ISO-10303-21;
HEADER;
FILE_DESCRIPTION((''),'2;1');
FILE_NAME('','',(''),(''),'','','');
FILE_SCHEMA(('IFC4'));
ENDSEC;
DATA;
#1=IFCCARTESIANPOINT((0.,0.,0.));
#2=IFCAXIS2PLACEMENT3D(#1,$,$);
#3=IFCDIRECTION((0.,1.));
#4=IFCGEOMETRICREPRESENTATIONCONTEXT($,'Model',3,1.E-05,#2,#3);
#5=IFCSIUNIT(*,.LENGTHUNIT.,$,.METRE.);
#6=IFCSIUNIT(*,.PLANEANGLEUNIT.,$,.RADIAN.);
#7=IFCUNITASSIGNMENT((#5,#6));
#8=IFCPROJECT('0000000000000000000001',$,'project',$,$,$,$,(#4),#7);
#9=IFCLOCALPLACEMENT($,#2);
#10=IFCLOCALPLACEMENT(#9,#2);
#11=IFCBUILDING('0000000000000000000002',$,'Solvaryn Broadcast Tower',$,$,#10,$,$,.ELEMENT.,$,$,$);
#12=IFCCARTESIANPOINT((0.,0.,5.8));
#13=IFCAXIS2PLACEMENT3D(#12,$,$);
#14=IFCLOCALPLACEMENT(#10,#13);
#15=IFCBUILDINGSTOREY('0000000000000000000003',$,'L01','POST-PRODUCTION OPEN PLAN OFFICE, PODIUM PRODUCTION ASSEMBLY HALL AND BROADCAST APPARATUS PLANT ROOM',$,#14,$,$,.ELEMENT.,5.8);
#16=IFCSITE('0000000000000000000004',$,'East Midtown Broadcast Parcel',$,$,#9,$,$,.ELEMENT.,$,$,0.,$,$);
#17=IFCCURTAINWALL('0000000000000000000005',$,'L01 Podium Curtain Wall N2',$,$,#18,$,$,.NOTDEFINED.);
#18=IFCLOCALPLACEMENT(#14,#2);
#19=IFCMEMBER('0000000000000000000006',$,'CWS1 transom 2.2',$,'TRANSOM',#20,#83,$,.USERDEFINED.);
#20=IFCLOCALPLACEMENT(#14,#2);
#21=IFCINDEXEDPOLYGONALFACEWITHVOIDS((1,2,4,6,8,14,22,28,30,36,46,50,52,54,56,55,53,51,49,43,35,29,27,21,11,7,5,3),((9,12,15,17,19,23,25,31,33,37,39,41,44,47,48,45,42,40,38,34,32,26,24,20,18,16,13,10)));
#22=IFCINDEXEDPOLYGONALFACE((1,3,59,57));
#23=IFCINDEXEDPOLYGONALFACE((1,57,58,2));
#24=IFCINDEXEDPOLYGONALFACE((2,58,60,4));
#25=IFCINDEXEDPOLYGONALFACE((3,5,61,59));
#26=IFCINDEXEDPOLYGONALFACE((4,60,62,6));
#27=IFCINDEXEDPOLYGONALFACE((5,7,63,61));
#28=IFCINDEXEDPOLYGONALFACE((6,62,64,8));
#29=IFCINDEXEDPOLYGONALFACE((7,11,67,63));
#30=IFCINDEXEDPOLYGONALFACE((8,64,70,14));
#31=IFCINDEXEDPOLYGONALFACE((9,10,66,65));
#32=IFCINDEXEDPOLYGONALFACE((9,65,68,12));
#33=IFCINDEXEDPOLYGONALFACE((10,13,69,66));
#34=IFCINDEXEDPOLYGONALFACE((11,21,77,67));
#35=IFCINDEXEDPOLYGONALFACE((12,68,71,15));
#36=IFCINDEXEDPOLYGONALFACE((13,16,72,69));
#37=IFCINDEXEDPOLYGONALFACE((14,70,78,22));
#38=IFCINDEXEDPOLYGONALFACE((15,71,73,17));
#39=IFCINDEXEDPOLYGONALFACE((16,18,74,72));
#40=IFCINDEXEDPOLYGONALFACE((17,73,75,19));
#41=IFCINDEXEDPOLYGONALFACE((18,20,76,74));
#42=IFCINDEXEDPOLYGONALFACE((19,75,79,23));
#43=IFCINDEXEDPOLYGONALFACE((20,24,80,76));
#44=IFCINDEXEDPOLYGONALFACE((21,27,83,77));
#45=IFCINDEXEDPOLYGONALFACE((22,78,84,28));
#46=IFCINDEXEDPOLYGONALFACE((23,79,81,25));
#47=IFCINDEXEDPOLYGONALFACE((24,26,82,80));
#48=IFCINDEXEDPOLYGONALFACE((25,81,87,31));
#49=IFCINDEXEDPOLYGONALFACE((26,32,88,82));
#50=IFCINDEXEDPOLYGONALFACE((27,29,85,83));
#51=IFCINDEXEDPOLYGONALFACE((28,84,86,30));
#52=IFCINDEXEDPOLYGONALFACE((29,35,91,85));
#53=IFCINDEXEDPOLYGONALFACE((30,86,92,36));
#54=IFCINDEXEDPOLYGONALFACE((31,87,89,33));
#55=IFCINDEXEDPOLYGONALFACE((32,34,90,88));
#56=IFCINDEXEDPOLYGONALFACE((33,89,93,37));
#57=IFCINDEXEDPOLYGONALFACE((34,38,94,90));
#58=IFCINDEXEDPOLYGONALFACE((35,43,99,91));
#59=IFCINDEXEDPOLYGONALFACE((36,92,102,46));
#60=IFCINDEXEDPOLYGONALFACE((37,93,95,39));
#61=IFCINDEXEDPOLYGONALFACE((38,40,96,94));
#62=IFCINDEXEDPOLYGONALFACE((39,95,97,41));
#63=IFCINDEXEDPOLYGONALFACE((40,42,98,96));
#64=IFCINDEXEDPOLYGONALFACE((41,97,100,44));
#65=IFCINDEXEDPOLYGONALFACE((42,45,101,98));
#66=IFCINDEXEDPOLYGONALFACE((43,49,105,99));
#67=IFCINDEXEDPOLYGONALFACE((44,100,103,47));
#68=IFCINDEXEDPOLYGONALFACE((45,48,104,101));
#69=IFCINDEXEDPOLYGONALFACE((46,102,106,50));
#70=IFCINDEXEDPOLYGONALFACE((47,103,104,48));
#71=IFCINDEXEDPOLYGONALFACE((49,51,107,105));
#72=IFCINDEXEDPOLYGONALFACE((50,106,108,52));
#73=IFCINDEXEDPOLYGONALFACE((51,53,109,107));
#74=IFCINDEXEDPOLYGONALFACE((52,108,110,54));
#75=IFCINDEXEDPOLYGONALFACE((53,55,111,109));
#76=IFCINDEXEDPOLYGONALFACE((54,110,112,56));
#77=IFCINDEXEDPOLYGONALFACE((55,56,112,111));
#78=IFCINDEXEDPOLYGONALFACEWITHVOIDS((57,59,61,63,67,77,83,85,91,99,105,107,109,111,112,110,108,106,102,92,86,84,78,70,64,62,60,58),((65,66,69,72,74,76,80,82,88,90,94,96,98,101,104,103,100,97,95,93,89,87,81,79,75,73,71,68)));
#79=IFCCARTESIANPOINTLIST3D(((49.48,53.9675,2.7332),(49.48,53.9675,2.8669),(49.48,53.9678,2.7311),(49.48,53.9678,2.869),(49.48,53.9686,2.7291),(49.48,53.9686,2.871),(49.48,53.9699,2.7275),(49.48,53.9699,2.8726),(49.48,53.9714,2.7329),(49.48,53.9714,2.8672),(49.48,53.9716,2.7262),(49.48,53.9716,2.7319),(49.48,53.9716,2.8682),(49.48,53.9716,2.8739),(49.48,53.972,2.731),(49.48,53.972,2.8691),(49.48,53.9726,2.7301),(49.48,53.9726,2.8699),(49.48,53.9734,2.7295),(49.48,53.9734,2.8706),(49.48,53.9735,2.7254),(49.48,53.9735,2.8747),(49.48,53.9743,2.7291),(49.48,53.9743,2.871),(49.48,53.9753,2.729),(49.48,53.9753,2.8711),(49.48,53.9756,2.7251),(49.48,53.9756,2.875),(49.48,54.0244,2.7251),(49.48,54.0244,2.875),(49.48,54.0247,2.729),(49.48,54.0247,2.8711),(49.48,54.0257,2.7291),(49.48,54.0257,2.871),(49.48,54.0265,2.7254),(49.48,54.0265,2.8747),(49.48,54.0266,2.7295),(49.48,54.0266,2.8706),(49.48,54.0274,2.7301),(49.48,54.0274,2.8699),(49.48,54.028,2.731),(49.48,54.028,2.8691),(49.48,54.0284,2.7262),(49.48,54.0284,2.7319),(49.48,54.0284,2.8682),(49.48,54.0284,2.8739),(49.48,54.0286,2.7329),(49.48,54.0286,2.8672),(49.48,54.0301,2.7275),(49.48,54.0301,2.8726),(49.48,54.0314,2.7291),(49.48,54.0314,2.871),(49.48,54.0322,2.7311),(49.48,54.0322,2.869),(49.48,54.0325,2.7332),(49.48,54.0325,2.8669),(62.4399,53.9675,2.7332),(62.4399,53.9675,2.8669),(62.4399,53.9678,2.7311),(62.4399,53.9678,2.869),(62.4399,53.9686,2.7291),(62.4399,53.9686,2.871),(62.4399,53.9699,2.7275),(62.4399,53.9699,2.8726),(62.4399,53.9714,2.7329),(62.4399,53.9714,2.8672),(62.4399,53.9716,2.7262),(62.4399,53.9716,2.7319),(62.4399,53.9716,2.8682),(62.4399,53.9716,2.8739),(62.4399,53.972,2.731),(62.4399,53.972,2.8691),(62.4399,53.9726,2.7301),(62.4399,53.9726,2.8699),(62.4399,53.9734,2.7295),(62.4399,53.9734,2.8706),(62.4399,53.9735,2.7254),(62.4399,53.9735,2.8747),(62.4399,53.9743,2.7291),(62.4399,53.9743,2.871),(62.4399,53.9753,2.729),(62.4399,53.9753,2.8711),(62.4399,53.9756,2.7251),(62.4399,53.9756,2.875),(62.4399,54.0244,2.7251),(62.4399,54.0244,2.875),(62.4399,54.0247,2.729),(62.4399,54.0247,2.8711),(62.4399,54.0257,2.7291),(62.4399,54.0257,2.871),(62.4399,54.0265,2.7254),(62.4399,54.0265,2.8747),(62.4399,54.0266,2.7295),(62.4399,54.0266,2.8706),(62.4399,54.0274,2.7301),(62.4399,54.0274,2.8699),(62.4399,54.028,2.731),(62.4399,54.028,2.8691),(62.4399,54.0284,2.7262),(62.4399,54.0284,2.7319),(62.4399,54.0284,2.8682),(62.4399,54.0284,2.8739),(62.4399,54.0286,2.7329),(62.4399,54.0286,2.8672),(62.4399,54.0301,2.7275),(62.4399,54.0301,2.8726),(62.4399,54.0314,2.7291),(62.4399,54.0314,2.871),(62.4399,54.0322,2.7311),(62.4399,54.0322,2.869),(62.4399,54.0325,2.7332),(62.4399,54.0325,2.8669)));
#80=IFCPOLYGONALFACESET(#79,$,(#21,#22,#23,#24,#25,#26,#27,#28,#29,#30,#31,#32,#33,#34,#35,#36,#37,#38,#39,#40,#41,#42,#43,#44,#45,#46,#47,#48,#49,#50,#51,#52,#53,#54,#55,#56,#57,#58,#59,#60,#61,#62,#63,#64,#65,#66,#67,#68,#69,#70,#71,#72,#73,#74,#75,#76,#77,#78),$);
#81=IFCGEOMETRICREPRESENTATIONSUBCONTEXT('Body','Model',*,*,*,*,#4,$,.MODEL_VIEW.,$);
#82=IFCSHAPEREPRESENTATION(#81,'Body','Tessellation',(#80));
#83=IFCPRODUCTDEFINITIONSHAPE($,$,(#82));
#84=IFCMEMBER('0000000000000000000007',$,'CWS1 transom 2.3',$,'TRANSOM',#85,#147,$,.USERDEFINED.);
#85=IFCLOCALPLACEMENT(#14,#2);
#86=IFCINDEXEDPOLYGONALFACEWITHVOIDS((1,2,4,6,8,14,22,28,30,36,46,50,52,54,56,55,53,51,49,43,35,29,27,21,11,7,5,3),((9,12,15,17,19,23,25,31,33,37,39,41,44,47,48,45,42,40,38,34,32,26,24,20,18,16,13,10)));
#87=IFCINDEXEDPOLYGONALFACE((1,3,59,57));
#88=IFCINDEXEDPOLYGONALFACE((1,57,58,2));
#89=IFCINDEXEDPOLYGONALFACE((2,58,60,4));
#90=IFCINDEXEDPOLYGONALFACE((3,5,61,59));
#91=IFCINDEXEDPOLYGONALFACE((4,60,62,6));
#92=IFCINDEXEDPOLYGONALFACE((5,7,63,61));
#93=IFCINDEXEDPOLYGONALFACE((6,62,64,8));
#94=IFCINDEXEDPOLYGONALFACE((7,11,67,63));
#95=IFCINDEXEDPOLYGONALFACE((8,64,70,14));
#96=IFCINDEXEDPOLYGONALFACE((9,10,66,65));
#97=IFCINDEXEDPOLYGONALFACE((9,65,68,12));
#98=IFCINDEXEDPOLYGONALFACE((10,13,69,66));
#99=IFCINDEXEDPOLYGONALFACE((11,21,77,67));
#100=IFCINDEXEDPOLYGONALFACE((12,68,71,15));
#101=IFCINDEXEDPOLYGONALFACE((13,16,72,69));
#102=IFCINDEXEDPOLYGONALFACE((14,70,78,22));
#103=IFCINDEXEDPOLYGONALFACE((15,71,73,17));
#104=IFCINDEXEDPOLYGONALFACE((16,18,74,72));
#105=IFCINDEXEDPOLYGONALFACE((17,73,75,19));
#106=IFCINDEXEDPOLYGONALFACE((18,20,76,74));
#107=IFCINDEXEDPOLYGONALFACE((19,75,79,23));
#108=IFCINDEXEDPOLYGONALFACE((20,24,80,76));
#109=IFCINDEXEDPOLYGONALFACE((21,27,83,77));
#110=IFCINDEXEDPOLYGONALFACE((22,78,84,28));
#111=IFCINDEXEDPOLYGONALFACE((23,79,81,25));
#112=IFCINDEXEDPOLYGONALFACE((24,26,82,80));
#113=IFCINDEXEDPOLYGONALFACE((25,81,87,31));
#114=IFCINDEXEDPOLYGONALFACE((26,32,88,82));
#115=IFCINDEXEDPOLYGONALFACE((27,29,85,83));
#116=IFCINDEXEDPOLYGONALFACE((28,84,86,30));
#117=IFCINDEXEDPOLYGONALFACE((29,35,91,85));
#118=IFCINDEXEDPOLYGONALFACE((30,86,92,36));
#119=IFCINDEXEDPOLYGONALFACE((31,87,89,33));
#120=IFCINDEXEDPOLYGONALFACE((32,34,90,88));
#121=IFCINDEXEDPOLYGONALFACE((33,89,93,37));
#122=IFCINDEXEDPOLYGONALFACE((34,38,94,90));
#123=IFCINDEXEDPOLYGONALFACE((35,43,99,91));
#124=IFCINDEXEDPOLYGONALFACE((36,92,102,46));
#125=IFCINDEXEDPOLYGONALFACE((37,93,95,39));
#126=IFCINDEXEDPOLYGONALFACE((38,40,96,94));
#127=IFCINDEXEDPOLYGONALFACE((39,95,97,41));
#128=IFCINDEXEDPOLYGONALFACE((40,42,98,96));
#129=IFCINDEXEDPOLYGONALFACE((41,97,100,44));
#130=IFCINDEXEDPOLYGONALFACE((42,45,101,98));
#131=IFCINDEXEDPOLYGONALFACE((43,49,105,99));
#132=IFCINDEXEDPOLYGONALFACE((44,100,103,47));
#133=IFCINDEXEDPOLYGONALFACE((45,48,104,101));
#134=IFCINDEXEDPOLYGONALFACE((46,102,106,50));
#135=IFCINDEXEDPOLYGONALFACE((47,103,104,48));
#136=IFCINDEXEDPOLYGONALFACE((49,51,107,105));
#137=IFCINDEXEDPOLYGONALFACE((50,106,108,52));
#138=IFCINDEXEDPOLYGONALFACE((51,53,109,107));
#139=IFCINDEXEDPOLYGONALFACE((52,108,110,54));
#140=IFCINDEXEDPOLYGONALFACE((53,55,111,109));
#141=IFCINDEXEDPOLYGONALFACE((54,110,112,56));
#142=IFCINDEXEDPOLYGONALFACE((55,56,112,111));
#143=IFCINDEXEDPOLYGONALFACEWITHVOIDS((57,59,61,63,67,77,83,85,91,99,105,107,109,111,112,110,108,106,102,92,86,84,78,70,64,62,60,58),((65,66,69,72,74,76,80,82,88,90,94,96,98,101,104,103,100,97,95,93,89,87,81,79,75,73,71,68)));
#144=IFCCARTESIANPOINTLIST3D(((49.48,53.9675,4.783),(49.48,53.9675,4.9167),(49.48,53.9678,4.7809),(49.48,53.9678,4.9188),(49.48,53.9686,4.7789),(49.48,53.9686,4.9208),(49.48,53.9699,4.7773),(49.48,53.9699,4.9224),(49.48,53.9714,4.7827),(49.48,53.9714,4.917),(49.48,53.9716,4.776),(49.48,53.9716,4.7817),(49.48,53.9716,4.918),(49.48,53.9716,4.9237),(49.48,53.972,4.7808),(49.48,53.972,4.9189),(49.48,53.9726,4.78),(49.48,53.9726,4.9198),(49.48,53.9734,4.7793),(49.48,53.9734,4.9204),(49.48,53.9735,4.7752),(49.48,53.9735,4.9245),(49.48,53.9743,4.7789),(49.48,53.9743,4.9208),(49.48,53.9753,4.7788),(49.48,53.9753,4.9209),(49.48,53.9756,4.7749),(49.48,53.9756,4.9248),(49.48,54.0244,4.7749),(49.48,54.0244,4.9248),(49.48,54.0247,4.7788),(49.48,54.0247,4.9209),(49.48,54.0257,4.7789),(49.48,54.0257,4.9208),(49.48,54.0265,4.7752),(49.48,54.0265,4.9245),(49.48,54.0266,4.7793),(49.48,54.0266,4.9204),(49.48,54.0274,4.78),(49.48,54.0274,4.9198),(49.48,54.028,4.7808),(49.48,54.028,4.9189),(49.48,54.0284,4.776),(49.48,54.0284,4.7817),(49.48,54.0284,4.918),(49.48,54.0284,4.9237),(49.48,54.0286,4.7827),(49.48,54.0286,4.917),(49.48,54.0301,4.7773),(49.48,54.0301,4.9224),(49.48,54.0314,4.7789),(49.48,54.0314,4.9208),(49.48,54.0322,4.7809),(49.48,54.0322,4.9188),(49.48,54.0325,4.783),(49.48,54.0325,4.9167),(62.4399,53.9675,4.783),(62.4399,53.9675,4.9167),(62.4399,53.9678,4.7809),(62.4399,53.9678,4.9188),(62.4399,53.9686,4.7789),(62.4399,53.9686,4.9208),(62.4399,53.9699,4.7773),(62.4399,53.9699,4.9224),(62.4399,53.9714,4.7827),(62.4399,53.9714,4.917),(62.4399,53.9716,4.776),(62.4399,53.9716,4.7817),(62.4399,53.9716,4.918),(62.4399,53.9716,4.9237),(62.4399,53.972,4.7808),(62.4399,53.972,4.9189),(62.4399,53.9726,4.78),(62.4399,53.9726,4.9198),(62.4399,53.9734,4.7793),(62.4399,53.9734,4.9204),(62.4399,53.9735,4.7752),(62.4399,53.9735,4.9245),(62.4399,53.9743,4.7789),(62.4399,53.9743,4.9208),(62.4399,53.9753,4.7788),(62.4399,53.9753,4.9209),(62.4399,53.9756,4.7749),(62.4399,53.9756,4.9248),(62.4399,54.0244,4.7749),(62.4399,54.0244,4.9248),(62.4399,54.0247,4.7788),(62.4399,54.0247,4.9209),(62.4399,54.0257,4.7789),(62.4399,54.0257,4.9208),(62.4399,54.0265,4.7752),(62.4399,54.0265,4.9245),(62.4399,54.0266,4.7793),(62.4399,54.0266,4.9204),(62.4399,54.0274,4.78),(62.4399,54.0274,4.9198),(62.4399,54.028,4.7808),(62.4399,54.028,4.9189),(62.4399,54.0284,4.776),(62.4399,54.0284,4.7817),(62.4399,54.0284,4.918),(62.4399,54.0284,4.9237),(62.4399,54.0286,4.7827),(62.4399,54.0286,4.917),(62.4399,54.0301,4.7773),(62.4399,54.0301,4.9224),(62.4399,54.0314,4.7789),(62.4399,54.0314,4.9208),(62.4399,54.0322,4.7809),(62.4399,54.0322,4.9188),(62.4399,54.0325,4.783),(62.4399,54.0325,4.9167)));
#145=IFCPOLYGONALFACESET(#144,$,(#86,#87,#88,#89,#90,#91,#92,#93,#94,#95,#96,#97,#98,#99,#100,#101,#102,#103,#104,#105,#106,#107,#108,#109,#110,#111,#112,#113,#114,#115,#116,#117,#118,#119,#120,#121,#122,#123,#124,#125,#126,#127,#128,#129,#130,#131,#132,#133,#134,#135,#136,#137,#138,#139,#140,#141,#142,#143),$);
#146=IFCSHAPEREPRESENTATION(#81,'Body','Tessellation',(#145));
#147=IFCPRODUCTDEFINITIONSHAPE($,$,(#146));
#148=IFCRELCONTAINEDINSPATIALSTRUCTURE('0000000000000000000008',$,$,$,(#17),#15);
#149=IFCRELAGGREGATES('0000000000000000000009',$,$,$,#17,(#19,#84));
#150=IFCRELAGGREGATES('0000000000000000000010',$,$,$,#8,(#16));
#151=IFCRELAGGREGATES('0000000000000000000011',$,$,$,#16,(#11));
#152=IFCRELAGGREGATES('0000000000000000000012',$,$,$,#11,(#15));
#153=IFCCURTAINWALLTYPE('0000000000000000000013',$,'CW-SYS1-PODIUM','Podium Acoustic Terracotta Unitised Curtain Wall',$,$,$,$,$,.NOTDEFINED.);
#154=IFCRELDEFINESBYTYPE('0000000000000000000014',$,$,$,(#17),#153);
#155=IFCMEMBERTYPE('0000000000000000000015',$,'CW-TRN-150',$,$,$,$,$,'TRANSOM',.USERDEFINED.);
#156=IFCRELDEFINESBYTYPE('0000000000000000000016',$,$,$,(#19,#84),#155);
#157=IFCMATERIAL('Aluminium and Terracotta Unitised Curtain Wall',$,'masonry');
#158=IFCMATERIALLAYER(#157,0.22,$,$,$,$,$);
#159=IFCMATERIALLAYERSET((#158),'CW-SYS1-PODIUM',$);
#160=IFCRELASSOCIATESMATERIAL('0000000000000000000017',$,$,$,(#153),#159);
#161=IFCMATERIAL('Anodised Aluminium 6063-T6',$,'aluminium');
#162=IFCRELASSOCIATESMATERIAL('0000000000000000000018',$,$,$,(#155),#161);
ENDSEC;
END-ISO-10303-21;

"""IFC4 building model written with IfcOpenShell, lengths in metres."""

from ifc_helpers import new_model, si_unit, direction, frame, origin, origin_2d, place, context, subcontext, project, spatial, hollow_rectangle, extrude, material, layer, layer_set, material_profile, profile_set, type_object, element, aggregate, save


model = new_model("IFC4")

# Units and contexts
model_context = context("Model", 3, precision=1e-05, world=origin(), true_north=direction((0.0, 1.0)))
body_context = subcontext(model_context, "Body", "Model", "MODEL_VIEW")
ifc_project = project(units=[si_unit("LENGTHUNIT", "METRE"), si_unit("PLANEANGLEUNIT", "RADIAN")], contexts=[model_context])

# Site, building, storey
site_placement = place(None, origin())
site = spatial("IfcSite", under=ifc_project, at=site_placement, Name="East Midtown Broadcast Parcel", CompositionType="ELEMENT", RefElevation=0.0)
building_placement = place(site_placement, origin())
building = spatial("IfcBuilding", under=site, at=building_placement, Name="Solvaryn Broadcast Tower", CompositionType="ELEMENT")
storey_placement = place(building_placement, frame((0.0, 0.0, 5.8)))
storey = spatial("IfcBuildingStorey", under=building, at=storey_placement, Name="L01", Description="POST-PRODUCTION OPEN PLAN OFFICE, PODIUM PRODUCTION ASSEMBLY HALL AND BROADCAST APPARATUS PLANT ROOM", CompositionType="ELEMENT", Elevation=5.8)

# Curtain wall
ifc_material_1 = material(Name="Aluminium and Terracotta Unitised Curtain Wall", Category="masonry")
ifc_layer_1 = layer(ifc_material_1, 0.22)
ifc_layer_set_1 = layer_set([ifc_layer_1], Name="CW-SYS1-PODIUM")
curtain_wall_type = type_object("IfcCurtainWallType", Name="CW-SYS1-PODIUM", Description="Podium Acoustic Terracotta Unitised Curtain Wall", PredefinedType="NOTDEFINED", material=ifc_layer_set_1)
curtain_wall_1_placement = place(storey_placement, origin())
curtain_wall_1 = element("IfcCurtainWall", 1, at=curtain_wall_1_placement, inside=storey, type_object=curtain_wall_type, Name="L01 Podium Curtain Wall N2", PredefinedType="NOTDEFINED")

# Members
ifc_material_2 = material(Name="Anodised Aluminium 6063-T6", Category="aluminium")
ifc_material_profile_1 = material_profile(ifc_material_2, hollow_rectangle(XDim=0.0649, YDim=0.1499, WallThickness=0.0039, InnerFilletRadius=0.0039, OuterFilletRadius=0.0081, at=origin_2d()))
ifc_profile_set_1 = profile_set([ifc_material_profile_1], Name="Anodised Aluminium 6063-T6")
member_type_1 = type_object("IfcMemberType", Name="CW-TRN-150", ElementType="TRANSOM", PredefinedType="USERDEFINED", material=ifc_profile_set_1)
member_1_placement = place(storey_placement, frame((49.48, 54.0, 2.8), z_axis=(1.0, 0.0, 0.0), x_axis=(0.0, 1.0, 0.0)))
member_1 = element("IfcMember", 2, at=member_1_placement, type_object=member_type_1, Name="CWS1 transom 2.2", ObjectType="TRANSOM", PredefinedType="USERDEFINED", context=body_context, shape_type="SweptSolid", body=[
    extrude(hollow_rectangle(XDim=0.0649, YDim=0.1499, WallThickness=0.0039, InnerFilletRadius=0.0039, OuterFilletRadius=0.0081, at=origin_2d()), origin(), (0.0, 0.0, 1.0), 12.96),
])
member_2_placement = place(storey_placement, frame((49.48, 54.0, 4.8499), z_axis=(1.0, 0.0, 0.0), x_axis=(0.0, 1.0, 0.0)))
member_2 = element("IfcMember", 3, at=member_2_placement, type_object=member_type_1, Name="CWS1 transom 2.3", ObjectType="TRANSOM", PredefinedType="USERDEFINED", context=body_context, shape_type="SweptSolid", body=[
    extrude(hollow_rectangle(XDim=0.0649, YDim=0.1499, WallThickness=0.0039, InnerFilletRadius=0.0039, OuterFilletRadius=0.0081, at=origin_2d()), origin(), (0.0, 0.0, 1.0), 12.96),
])

aggregate(curtain_wall_1, [member_1, member_2])

save(model, "model.ifc")
